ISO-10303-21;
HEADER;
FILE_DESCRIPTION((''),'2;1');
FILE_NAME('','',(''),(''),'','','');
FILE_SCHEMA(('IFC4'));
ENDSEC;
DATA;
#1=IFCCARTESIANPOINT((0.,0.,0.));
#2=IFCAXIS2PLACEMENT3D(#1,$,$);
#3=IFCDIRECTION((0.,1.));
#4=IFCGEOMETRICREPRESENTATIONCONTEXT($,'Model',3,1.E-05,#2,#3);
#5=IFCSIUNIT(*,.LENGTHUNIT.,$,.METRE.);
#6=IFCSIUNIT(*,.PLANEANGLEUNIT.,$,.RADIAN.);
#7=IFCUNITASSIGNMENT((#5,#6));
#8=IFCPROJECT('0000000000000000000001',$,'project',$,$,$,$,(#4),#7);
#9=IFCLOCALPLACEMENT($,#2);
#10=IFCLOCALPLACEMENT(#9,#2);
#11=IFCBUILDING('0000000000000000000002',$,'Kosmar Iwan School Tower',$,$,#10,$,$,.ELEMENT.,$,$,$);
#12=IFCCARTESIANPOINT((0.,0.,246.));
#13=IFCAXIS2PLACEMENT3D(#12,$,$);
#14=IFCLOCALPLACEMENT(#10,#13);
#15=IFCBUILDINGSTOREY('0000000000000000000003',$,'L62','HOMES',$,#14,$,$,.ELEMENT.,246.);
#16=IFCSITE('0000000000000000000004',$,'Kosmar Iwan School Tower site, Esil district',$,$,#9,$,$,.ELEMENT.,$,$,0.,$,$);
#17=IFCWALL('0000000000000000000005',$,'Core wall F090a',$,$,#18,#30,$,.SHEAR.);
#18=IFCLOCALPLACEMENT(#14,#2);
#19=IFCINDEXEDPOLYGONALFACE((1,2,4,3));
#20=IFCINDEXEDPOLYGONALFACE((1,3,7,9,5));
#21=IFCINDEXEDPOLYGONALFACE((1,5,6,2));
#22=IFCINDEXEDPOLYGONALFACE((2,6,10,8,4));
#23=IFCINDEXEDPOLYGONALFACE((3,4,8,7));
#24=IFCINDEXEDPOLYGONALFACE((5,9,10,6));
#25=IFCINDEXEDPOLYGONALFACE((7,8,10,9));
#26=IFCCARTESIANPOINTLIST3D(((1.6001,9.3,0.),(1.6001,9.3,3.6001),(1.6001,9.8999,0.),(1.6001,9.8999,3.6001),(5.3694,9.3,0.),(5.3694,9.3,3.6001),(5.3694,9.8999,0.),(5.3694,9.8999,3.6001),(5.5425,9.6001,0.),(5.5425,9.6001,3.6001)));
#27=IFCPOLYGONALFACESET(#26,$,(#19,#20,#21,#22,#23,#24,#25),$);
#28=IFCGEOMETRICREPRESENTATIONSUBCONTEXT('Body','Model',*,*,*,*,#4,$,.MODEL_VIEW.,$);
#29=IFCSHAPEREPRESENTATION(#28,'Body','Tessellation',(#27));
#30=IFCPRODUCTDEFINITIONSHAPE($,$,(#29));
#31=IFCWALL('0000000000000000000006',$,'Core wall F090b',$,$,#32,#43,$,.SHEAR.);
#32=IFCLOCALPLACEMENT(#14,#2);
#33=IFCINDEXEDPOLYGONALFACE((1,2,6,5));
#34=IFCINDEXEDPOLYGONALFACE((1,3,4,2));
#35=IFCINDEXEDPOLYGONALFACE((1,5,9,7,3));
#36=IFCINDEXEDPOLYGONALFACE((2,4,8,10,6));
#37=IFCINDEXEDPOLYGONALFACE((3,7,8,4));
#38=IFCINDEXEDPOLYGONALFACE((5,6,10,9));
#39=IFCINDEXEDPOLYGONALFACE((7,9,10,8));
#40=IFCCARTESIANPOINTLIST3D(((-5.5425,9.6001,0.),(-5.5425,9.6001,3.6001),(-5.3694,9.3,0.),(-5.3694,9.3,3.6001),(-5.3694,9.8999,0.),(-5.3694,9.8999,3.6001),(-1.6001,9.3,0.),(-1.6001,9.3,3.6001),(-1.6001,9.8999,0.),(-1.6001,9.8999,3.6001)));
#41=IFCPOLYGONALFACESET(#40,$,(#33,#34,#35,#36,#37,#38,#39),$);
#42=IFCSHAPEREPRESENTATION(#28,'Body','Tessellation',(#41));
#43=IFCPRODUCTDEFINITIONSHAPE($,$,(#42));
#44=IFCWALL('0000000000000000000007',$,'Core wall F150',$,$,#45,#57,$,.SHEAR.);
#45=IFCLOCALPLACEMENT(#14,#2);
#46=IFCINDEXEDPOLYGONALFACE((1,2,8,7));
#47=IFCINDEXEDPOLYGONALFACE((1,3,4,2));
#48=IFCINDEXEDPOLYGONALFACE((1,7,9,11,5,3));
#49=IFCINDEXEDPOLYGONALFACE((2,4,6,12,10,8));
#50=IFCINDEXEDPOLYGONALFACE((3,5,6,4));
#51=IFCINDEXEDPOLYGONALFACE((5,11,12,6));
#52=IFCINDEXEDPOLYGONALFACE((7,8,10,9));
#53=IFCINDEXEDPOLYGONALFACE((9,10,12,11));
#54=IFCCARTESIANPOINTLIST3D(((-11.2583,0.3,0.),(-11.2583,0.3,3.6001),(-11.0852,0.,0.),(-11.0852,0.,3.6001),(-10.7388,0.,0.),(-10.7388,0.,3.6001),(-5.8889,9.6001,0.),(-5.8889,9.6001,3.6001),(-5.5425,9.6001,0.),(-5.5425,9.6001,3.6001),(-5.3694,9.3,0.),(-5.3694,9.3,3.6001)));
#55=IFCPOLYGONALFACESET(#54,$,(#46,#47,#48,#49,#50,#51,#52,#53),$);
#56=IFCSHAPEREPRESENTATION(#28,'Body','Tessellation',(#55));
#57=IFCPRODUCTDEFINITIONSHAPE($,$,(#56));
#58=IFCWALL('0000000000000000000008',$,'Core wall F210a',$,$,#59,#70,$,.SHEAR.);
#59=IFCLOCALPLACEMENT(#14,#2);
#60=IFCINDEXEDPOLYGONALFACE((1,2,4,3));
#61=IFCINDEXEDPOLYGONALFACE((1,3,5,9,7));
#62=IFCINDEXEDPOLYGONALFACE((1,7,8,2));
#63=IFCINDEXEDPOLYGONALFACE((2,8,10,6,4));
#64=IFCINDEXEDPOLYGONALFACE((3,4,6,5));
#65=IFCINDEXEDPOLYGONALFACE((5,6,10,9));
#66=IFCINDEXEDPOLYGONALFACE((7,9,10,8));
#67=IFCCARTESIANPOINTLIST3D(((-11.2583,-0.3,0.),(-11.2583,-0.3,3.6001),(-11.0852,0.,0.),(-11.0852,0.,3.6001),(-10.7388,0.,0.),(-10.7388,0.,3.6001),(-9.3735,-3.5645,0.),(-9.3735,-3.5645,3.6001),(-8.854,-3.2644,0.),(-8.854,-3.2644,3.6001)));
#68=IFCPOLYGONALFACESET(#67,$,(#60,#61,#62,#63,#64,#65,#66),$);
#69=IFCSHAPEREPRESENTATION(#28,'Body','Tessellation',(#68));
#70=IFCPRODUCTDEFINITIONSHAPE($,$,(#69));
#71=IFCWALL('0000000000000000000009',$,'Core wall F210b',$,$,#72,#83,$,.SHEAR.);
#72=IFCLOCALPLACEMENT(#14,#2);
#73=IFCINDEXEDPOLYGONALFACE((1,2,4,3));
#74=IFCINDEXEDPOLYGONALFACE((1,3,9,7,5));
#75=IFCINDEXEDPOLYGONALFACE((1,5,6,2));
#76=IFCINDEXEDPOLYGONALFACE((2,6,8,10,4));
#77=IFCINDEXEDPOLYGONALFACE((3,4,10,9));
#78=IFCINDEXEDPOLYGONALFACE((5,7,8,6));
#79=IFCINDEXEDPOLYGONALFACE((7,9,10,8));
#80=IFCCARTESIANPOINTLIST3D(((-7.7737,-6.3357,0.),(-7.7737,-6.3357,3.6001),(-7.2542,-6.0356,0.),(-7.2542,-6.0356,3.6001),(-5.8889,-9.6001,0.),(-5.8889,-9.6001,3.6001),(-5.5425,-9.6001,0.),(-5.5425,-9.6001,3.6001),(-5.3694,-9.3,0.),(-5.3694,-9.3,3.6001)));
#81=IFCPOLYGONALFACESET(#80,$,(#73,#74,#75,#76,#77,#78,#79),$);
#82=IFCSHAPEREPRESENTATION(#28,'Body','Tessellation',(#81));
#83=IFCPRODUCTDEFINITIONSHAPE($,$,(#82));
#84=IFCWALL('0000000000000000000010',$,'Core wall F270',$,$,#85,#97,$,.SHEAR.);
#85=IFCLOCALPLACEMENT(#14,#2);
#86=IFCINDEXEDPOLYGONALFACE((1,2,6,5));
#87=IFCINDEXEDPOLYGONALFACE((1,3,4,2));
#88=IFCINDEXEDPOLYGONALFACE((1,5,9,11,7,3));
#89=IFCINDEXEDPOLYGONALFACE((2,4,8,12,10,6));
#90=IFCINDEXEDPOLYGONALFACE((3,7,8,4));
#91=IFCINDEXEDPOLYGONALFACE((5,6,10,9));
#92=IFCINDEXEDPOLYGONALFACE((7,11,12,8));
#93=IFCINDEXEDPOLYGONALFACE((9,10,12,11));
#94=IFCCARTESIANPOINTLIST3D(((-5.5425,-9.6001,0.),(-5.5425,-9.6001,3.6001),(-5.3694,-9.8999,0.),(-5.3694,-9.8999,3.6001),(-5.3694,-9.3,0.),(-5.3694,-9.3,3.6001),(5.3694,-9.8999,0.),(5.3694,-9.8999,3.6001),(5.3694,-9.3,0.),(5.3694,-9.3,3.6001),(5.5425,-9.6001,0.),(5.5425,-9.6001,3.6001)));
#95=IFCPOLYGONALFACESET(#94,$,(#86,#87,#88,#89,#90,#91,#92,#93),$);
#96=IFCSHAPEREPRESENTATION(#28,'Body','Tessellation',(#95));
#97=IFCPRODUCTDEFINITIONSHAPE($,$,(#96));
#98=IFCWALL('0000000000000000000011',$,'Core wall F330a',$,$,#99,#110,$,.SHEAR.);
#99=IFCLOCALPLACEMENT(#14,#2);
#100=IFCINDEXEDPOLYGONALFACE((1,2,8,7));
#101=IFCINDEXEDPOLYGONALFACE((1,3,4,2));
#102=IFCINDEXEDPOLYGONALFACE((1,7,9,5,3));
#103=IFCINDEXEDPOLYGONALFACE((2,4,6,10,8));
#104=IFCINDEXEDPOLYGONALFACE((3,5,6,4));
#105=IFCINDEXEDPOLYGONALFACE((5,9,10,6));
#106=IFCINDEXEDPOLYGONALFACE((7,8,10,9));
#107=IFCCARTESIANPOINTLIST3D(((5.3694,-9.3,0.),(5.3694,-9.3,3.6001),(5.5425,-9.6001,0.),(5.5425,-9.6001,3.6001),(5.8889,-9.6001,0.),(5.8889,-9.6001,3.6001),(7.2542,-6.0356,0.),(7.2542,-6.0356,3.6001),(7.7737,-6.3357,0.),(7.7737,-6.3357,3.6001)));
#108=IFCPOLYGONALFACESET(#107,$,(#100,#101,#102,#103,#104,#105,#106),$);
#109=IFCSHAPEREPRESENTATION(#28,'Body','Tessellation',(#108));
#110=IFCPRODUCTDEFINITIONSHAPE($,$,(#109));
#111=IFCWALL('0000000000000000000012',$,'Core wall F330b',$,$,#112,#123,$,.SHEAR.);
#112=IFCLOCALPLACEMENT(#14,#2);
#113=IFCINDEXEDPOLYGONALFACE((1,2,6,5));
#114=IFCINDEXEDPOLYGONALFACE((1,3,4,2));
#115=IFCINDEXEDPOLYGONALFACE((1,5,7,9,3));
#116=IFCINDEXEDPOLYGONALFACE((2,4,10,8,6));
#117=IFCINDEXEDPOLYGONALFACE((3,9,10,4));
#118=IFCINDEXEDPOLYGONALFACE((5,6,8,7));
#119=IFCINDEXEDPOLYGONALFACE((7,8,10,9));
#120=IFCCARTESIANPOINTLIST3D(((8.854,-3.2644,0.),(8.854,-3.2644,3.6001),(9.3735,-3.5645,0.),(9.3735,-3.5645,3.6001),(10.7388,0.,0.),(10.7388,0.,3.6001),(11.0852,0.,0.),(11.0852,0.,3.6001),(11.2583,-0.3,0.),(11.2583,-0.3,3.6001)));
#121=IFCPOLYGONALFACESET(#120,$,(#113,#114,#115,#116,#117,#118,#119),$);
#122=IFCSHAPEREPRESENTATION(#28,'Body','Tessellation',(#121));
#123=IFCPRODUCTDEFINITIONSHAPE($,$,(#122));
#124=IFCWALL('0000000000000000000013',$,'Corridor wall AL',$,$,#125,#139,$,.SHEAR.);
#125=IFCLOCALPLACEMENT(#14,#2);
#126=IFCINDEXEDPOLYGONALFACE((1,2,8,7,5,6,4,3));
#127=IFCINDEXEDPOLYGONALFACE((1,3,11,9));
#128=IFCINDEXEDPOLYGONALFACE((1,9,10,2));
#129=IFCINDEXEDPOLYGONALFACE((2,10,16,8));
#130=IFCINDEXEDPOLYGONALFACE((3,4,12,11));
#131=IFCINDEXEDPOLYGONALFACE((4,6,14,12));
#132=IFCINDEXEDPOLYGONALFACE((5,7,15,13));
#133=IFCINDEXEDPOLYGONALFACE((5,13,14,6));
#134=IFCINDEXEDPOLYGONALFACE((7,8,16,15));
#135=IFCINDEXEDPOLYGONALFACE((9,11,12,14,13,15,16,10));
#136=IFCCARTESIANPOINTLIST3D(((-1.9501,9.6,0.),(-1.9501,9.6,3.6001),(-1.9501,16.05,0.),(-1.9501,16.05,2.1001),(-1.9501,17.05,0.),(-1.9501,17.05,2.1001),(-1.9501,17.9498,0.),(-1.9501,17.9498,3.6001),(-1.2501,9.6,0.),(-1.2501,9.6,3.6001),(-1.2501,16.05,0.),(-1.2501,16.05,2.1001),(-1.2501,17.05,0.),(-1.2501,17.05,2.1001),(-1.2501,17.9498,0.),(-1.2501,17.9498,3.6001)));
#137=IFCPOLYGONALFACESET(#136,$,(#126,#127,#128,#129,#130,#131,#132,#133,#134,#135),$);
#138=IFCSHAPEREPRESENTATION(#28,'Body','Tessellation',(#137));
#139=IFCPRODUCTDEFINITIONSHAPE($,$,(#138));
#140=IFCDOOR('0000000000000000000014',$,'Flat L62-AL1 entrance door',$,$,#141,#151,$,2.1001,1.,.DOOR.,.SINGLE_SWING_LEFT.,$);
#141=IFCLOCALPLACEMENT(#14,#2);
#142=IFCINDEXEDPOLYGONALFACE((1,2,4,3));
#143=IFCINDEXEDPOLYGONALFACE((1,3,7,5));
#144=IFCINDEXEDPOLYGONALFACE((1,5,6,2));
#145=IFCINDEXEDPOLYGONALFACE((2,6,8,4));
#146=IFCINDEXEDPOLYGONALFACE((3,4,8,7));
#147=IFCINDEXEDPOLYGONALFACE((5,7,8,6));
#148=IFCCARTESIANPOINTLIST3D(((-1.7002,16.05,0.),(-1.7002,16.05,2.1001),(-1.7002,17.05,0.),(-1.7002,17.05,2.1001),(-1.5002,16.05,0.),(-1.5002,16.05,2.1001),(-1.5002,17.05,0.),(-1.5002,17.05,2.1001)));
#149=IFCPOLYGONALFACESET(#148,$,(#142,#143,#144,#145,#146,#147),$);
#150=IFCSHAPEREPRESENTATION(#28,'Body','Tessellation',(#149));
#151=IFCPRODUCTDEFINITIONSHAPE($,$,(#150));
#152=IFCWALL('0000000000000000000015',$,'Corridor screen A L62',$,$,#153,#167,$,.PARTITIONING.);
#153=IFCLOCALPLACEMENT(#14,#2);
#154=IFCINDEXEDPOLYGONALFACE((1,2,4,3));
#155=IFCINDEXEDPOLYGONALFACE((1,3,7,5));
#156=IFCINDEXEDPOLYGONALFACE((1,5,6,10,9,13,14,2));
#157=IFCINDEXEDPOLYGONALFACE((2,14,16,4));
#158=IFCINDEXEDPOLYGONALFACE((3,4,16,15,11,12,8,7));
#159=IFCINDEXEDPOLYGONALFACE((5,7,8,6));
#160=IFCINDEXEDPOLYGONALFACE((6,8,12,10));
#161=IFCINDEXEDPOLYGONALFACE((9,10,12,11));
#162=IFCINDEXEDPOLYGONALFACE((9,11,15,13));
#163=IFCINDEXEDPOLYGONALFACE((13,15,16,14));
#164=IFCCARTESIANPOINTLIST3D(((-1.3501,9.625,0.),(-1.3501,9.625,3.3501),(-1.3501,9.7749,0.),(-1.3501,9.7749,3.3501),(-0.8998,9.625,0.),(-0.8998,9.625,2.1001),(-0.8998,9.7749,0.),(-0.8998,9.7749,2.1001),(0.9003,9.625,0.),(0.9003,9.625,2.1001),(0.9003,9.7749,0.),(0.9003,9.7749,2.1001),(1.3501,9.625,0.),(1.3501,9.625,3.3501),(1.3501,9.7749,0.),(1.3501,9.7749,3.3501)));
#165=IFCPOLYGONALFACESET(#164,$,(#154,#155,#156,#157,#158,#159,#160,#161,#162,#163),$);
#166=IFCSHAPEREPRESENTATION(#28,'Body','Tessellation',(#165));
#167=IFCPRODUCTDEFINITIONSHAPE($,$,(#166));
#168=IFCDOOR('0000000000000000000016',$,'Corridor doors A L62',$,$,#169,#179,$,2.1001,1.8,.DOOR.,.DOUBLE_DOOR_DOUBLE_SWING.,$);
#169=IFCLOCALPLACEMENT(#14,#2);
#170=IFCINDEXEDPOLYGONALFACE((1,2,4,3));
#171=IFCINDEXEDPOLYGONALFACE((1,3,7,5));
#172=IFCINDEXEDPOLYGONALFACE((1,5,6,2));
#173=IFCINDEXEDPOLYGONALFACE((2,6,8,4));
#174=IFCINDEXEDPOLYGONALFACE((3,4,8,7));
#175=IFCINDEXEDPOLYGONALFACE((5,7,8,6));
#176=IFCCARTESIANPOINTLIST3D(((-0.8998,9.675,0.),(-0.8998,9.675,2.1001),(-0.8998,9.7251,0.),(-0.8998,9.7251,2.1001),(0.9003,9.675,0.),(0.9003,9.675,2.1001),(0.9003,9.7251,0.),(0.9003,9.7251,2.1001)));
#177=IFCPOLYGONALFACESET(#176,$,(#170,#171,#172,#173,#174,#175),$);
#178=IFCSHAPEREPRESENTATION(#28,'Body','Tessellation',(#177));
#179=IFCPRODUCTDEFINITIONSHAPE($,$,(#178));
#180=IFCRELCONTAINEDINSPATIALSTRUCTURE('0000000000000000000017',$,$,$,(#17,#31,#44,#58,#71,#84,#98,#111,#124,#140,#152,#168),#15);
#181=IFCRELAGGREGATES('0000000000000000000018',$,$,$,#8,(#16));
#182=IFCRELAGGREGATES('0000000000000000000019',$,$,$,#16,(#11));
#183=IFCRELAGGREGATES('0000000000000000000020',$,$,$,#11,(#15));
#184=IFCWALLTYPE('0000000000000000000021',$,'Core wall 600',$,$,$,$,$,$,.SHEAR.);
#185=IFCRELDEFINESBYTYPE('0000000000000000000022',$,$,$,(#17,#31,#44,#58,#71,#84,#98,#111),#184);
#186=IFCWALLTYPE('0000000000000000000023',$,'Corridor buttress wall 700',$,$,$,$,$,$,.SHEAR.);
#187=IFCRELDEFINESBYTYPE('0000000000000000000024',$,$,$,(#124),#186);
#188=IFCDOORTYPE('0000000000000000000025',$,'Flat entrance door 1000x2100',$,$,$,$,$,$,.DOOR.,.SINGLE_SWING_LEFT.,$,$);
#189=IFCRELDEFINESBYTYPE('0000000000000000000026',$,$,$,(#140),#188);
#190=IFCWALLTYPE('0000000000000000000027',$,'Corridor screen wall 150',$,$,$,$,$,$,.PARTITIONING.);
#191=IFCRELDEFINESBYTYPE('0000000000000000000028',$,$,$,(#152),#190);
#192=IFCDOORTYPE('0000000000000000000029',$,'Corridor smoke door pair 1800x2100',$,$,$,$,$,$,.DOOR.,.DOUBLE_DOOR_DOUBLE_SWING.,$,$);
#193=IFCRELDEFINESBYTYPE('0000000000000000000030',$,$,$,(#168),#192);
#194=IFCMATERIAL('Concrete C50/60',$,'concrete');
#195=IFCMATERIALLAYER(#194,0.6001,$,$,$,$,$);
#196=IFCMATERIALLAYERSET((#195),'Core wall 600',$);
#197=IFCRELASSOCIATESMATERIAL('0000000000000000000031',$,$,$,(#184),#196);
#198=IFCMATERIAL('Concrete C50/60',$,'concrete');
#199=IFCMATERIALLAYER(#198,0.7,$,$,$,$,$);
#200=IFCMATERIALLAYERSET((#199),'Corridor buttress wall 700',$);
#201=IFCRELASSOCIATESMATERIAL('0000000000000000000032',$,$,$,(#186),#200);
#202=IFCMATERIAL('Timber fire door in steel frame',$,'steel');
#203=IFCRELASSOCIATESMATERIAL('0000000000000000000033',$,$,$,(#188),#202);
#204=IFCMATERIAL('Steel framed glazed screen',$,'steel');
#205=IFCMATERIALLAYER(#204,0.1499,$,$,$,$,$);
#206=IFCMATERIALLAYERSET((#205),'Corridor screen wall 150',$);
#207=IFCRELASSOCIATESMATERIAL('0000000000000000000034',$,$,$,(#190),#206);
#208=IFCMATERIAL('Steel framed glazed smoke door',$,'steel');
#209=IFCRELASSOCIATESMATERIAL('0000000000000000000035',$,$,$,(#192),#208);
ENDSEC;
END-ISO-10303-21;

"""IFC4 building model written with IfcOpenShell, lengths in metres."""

from ifc_helpers import new_model, si_unit, direction, frame, frame_2d, origin, place, context, subcontext, project, spatial, polyline, rectangle, outline, extrude, material, layer, layer_set, type_object, element, fill, save


model = new_model("IFC4")

# Units and contexts
model_context = context("Model", 3, precision=1e-05, world=origin(), true_north=direction((0.0, 1.0)))
body_context = subcontext(model_context, "Body", "Model", "MODEL_VIEW")
ifc_project = project(units=[si_unit("LENGTHUNIT", "METRE"), si_unit("PLANEANGLEUNIT", "RADIAN")], contexts=[model_context])

# Site, building, storey
site_placement = place(None, origin())
site = spatial("IfcSite", under=ifc_project, at=site_placement, Name="Kosmar Iwan School Tower site, Esil district", CompositionType="ELEMENT", RefElevation=0.0)
building_placement = place(site_placement, origin())
building = spatial("IfcBuilding", under=site, at=building_placement, Name="Kosmar Iwan School Tower", CompositionType="ELEMENT")
storey_placement = place(building_placement, frame((0.0, 0.0, 246.0)))
storey = spatial("IfcBuildingStorey", under=building, at=storey_placement, Name="L62", Description="HOMES", CompositionType="ELEMENT", Elevation=246.0)

# Walls
ifc_material_1 = material(Name="Concrete C50/60", Category="concrete")
ifc_layer_1 = layer(ifc_material_1, 0.6001)
ifc_layer_set_1 = layer_set([ifc_layer_1], Name="Core wall 600")
wall_type_1 = type_object("IfcWallType", Name="Core wall 600", PredefinedType="SHEAR", material=ifc_layer_set_1)
wall_1_placement = place(storey_placement, origin())
element("IfcWall", 1, at=wall_1_placement, inside=storey, type_object=wall_type_1, Name="Core wall F090a", PredefinedType="SHEAR", context=body_context, shape_type="SweptSolid", body=[
    extrude(outline(polyline([(1.6001, 9.3), (5.3694, 9.3), (5.5425, 9.6001), (5.3694, 9.8999), (1.6001, 9.8999), (1.6001, 9.3)])), origin(), (0.0, 0.0, 1.0), 3.6001),
])
wall_2_placement = place(storey_placement, origin())
element("IfcWall", 2, at=wall_2_placement, inside=storey, type_object=wall_type_1, Name="Core wall F090b", PredefinedType="SHEAR", context=body_context, shape_type="SweptSolid", body=[
    extrude(outline(polyline([(-5.3694, 9.3), (-1.6001, 9.3), (-1.6001, 9.8999), (-5.3694, 9.8999), (-5.5425, 9.6001), (-5.3694, 9.3)])), origin(), (0.0, 0.0, 1.0), 3.6001),
])
wall_3_placement = place(storey_placement, origin())
element("IfcWall", 3, at=wall_3_placement, inside=storey, type_object=wall_type_1, Name="Core wall F150", PredefinedType="SHEAR", context=body_context, shape_type="SweptSolid", body=[
    extrude(outline(polyline([(-11.0852, 0.0), (-10.7388, 0.0), (-5.3694, 9.3), (-5.5425, 9.6001), (-5.8889, 9.6001), (-11.2583, 0.3), (-11.0852, 0.0)])), origin(), (0.0, 0.0, 1.0), 3.6001),
])
wall_4_placement = place(storey_placement, origin())
element("IfcWall", 4, at=wall_4_placement, inside=storey, type_object=wall_type_1, Name="Core wall F210a", PredefinedType="SHEAR", context=body_context, shape_type="SweptSolid", body=[
    extrude(outline(polyline([(-9.3735, -3.5645), (-8.854, -3.2644), (-10.7388, 0.0), (-11.0852, 0.0), (-11.2583, -0.3), (-9.3735, -3.5645)])), origin(), (0.0, 0.0, 1.0), 3.6001),
])
wall_5_placement = place(storey_placement, origin())
element("IfcWall", 5, at=wall_5_placement, inside=storey, type_object=wall_type_1, Name="Core wall F210b", PredefinedType="SHEAR", context=body_context, shape_type="SweptSolid", body=[
    extrude(outline(polyline([(-5.8889, -9.6001), (-5.5425, -9.6001), (-5.3694, -9.3), (-7.2542, -6.0356), (-7.7737, -6.3357), (-5.8889, -9.6001)])), origin(), (0.0, 0.0, 1.0), 3.6001),
])
wall_6_placement = place(storey_placement, origin())
element("IfcWall", 6, at=wall_6_placement, inside=storey, type_object=wall_type_1, Name="Core wall F270", PredefinedType="SHEAR", context=body_context, shape_type="SweptSolid", body=[
    extrude(outline(polyline([(-5.3694, -9.8999), (5.3694, -9.8999), (5.5425, -9.6001), (5.3694, -9.3), (-5.3694, -9.3), (-5.5425, -9.6001), (-5.3694, -9.8999)])), origin(), (0.0, 0.0, 1.0), 3.6001),
])
wall_7_placement = place(storey_placement, origin())
element("IfcWall", 7, at=wall_7_placement, inside=storey, type_object=wall_type_1, Name="Core wall F330a", PredefinedType="SHEAR", context=body_context, shape_type="SweptSolid", body=[
    extrude(outline(polyline([(5.5425, -9.6001), (5.8889, -9.6001), (7.7737, -6.3357), (7.2542, -6.0356), (5.3694, -9.3), (5.5425, -9.6001)])), origin(), (0.0, 0.0, 1.0), 3.6001),
])
wall_8_placement = place(storey_placement, origin())
element("IfcWall", 8, at=wall_8_placement, inside=storey, type_object=wall_type_1, Name="Core wall F330b", PredefinedType="SHEAR", context=body_context, shape_type="SweptSolid", body=[
    extrude(outline(polyline([(9.3735, -3.5645), (11.2583, -0.3), (11.0852, 0.0), (10.7388, 0.0), (8.854, -3.2644), (9.3735, -3.5645)])), origin(), (0.0, 0.0, 1.0), 3.6001),
])

# Walls, openings, doors
ifc_material_2 = material(Name="Concrete C50/60", Category="concrete")
ifc_layer_2 = layer(ifc_material_2, 0.7)
ifc_layer_set_2 = layer_set([ifc_layer_2], Name="Corridor buttress wall 700")
wall_type_2 = type_object("IfcWallType", Name="Corridor buttress wall 700", PredefinedType="SHEAR", material=ifc_layer_set_2)
wall_9_placement = place(storey_placement, frame((-1.6001, 9.6001, 0.0), z_axis=(0.0, 0.0, 1.0), x_axis=(0.0, 1.0, 0.0)))
wall_9 = element("IfcWall", 9, at=wall_9_placement, inside=storey, type_object=wall_type_2, Name="Corridor wall AL", PredefinedType="SHEAR", context=body_context, shape_type="SweptSolid", body=[
    extrude(rectangle(XDim=8.3499, YDim=0.7, at=frame_2d((4.1748, 0.0))), origin(), (0.0, 0.0, 1.0), 3.6001),
])
opening_1_placement = place(wall_9_placement, frame((6.45, 0.0, 0.0)))
opening_1 = element("IfcOpeningElement", 10, at=opening_1_placement, cuts=wall_9, PredefinedType="OPENING", context=body_context, shape_type="SweptSolid", body=[
    extrude(rectangle(XDim=1.0, YDim=2.1001, at=frame_2d((0.5, 1.05))), frame((0.0, 0.3621, 0.0), z_axis=(0.0, -1.0, 0.0), x_axis=(1.0, 0.0, 0.0)), (0.0, 0.0, 1.0), 0.7239),
])
ifc_material_3 = material(Name="Timber fire door in steel frame", Category="steel")
door_type_1 = type_object("IfcDoorType", Name="Flat entrance door 1000x2100", OperationType="SINGLE_SWING_LEFT", PredefinedType="DOOR", material=ifc_material_3)
door_1_placement = place(opening_1_placement, origin())
door_1 = element("IfcDoor", 11, at=door_1_placement, inside=storey, type_object=door_type_1, Name="Flat L62-AL1 entrance door", OperationType="SINGLE_SWING_LEFT", OverallHeight=2.1001, OverallWidth=1.0, PredefinedType="DOOR", context=body_context, shape_type="SweptSolid", body=[
    extrude(rectangle(XDim=1.0, YDim=2.1001, at=frame_2d((0.5, 1.05))), frame((0.0, 0.1001, 0.0), z_axis=(0.0, -1.0, 0.0), x_axis=(1.0, 0.0, 0.0)), (0.0, 0.0, 1.0), 0.2),
])
fill(opening_1, door_1)
ifc_material_4 = material(Name="Steel framed glazed screen", Category="steel")
ifc_layer_3 = layer(ifc_material_4, 0.1499)
ifc_layer_set_3 = layer_set([ifc_layer_3], Name="Corridor screen wall 150")
wall_type_3 = type_object("IfcWallType", Name="Corridor screen wall 150", PredefinedType="PARTITIONING", material=ifc_layer_set_3)
wall_10_placement = place(storey_placement, frame((1.3501, 9.7, 0.0), z_axis=(0.0, 0.0, 1.0), x_axis=(-1.0, 0.0, 0.0)))
wall_10 = element("IfcWall", 12, at=wall_10_placement, inside=storey, type_object=wall_type_3, Name="Corridor screen A L62", PredefinedType="PARTITIONING", context=body_context, shape_type="SweptSolid", body=[
    extrude(rectangle(XDim=2.7002, YDim=0.1499, at=frame_2d((1.3501, 0.0))), origin(), (0.0, 0.0, 1.0), 3.3501),
])
opening_2_placement = place(wall_10_placement, frame((0.45, 0.0, 0.0)))
opening_2 = element("IfcOpeningElement", 13, at=opening_2_placement, cuts=wall_10, PredefinedType="OPENING", context=body_context, shape_type="SweptSolid", body=[
    extrude(rectangle(XDim=1.8, YDim=2.1001, at=frame_2d((0.8999, 1.05))), frame((0.0, 0.0869, 0.0), z_axis=(0.0, -1.0, 0.0), x_axis=(1.0, 0.0, 0.0)), (0.0, 0.0, 1.0), 0.1738),
])
ifc_material_5 = material(Name="Steel framed glazed smoke door", Category="steel")
door_type_2 = type_object("IfcDoorType", Name="Corridor smoke door pair 1800x2100", OperationType="DOUBLE_DOOR_DOUBLE_SWING", PredefinedType="DOOR", material=ifc_material_5)
door_2_placement = place(opening_2_placement, origin())
door_2 = element("IfcDoor", 14, at=door_2_placement, inside=storey, type_object=door_type_2, Name="Corridor doors A L62", OperationType="DOUBLE_DOOR_DOUBLE_SWING", OverallHeight=2.1001, OverallWidth=1.8, PredefinedType="DOOR", context=body_context, shape_type="SweptSolid", body=[
    extrude(rectangle(XDim=1.8, YDim=2.1001, at=frame_2d((0.8999, 1.05))), frame((0.0, 0.0249, 0.0), z_axis=(0.0, -1.0, 0.0), x_axis=(1.0, 0.0, 0.0)), (0.0, 0.0, 1.0), 0.05),
])
fill(opening_2, door_2)

save(model, "model.ifc")
